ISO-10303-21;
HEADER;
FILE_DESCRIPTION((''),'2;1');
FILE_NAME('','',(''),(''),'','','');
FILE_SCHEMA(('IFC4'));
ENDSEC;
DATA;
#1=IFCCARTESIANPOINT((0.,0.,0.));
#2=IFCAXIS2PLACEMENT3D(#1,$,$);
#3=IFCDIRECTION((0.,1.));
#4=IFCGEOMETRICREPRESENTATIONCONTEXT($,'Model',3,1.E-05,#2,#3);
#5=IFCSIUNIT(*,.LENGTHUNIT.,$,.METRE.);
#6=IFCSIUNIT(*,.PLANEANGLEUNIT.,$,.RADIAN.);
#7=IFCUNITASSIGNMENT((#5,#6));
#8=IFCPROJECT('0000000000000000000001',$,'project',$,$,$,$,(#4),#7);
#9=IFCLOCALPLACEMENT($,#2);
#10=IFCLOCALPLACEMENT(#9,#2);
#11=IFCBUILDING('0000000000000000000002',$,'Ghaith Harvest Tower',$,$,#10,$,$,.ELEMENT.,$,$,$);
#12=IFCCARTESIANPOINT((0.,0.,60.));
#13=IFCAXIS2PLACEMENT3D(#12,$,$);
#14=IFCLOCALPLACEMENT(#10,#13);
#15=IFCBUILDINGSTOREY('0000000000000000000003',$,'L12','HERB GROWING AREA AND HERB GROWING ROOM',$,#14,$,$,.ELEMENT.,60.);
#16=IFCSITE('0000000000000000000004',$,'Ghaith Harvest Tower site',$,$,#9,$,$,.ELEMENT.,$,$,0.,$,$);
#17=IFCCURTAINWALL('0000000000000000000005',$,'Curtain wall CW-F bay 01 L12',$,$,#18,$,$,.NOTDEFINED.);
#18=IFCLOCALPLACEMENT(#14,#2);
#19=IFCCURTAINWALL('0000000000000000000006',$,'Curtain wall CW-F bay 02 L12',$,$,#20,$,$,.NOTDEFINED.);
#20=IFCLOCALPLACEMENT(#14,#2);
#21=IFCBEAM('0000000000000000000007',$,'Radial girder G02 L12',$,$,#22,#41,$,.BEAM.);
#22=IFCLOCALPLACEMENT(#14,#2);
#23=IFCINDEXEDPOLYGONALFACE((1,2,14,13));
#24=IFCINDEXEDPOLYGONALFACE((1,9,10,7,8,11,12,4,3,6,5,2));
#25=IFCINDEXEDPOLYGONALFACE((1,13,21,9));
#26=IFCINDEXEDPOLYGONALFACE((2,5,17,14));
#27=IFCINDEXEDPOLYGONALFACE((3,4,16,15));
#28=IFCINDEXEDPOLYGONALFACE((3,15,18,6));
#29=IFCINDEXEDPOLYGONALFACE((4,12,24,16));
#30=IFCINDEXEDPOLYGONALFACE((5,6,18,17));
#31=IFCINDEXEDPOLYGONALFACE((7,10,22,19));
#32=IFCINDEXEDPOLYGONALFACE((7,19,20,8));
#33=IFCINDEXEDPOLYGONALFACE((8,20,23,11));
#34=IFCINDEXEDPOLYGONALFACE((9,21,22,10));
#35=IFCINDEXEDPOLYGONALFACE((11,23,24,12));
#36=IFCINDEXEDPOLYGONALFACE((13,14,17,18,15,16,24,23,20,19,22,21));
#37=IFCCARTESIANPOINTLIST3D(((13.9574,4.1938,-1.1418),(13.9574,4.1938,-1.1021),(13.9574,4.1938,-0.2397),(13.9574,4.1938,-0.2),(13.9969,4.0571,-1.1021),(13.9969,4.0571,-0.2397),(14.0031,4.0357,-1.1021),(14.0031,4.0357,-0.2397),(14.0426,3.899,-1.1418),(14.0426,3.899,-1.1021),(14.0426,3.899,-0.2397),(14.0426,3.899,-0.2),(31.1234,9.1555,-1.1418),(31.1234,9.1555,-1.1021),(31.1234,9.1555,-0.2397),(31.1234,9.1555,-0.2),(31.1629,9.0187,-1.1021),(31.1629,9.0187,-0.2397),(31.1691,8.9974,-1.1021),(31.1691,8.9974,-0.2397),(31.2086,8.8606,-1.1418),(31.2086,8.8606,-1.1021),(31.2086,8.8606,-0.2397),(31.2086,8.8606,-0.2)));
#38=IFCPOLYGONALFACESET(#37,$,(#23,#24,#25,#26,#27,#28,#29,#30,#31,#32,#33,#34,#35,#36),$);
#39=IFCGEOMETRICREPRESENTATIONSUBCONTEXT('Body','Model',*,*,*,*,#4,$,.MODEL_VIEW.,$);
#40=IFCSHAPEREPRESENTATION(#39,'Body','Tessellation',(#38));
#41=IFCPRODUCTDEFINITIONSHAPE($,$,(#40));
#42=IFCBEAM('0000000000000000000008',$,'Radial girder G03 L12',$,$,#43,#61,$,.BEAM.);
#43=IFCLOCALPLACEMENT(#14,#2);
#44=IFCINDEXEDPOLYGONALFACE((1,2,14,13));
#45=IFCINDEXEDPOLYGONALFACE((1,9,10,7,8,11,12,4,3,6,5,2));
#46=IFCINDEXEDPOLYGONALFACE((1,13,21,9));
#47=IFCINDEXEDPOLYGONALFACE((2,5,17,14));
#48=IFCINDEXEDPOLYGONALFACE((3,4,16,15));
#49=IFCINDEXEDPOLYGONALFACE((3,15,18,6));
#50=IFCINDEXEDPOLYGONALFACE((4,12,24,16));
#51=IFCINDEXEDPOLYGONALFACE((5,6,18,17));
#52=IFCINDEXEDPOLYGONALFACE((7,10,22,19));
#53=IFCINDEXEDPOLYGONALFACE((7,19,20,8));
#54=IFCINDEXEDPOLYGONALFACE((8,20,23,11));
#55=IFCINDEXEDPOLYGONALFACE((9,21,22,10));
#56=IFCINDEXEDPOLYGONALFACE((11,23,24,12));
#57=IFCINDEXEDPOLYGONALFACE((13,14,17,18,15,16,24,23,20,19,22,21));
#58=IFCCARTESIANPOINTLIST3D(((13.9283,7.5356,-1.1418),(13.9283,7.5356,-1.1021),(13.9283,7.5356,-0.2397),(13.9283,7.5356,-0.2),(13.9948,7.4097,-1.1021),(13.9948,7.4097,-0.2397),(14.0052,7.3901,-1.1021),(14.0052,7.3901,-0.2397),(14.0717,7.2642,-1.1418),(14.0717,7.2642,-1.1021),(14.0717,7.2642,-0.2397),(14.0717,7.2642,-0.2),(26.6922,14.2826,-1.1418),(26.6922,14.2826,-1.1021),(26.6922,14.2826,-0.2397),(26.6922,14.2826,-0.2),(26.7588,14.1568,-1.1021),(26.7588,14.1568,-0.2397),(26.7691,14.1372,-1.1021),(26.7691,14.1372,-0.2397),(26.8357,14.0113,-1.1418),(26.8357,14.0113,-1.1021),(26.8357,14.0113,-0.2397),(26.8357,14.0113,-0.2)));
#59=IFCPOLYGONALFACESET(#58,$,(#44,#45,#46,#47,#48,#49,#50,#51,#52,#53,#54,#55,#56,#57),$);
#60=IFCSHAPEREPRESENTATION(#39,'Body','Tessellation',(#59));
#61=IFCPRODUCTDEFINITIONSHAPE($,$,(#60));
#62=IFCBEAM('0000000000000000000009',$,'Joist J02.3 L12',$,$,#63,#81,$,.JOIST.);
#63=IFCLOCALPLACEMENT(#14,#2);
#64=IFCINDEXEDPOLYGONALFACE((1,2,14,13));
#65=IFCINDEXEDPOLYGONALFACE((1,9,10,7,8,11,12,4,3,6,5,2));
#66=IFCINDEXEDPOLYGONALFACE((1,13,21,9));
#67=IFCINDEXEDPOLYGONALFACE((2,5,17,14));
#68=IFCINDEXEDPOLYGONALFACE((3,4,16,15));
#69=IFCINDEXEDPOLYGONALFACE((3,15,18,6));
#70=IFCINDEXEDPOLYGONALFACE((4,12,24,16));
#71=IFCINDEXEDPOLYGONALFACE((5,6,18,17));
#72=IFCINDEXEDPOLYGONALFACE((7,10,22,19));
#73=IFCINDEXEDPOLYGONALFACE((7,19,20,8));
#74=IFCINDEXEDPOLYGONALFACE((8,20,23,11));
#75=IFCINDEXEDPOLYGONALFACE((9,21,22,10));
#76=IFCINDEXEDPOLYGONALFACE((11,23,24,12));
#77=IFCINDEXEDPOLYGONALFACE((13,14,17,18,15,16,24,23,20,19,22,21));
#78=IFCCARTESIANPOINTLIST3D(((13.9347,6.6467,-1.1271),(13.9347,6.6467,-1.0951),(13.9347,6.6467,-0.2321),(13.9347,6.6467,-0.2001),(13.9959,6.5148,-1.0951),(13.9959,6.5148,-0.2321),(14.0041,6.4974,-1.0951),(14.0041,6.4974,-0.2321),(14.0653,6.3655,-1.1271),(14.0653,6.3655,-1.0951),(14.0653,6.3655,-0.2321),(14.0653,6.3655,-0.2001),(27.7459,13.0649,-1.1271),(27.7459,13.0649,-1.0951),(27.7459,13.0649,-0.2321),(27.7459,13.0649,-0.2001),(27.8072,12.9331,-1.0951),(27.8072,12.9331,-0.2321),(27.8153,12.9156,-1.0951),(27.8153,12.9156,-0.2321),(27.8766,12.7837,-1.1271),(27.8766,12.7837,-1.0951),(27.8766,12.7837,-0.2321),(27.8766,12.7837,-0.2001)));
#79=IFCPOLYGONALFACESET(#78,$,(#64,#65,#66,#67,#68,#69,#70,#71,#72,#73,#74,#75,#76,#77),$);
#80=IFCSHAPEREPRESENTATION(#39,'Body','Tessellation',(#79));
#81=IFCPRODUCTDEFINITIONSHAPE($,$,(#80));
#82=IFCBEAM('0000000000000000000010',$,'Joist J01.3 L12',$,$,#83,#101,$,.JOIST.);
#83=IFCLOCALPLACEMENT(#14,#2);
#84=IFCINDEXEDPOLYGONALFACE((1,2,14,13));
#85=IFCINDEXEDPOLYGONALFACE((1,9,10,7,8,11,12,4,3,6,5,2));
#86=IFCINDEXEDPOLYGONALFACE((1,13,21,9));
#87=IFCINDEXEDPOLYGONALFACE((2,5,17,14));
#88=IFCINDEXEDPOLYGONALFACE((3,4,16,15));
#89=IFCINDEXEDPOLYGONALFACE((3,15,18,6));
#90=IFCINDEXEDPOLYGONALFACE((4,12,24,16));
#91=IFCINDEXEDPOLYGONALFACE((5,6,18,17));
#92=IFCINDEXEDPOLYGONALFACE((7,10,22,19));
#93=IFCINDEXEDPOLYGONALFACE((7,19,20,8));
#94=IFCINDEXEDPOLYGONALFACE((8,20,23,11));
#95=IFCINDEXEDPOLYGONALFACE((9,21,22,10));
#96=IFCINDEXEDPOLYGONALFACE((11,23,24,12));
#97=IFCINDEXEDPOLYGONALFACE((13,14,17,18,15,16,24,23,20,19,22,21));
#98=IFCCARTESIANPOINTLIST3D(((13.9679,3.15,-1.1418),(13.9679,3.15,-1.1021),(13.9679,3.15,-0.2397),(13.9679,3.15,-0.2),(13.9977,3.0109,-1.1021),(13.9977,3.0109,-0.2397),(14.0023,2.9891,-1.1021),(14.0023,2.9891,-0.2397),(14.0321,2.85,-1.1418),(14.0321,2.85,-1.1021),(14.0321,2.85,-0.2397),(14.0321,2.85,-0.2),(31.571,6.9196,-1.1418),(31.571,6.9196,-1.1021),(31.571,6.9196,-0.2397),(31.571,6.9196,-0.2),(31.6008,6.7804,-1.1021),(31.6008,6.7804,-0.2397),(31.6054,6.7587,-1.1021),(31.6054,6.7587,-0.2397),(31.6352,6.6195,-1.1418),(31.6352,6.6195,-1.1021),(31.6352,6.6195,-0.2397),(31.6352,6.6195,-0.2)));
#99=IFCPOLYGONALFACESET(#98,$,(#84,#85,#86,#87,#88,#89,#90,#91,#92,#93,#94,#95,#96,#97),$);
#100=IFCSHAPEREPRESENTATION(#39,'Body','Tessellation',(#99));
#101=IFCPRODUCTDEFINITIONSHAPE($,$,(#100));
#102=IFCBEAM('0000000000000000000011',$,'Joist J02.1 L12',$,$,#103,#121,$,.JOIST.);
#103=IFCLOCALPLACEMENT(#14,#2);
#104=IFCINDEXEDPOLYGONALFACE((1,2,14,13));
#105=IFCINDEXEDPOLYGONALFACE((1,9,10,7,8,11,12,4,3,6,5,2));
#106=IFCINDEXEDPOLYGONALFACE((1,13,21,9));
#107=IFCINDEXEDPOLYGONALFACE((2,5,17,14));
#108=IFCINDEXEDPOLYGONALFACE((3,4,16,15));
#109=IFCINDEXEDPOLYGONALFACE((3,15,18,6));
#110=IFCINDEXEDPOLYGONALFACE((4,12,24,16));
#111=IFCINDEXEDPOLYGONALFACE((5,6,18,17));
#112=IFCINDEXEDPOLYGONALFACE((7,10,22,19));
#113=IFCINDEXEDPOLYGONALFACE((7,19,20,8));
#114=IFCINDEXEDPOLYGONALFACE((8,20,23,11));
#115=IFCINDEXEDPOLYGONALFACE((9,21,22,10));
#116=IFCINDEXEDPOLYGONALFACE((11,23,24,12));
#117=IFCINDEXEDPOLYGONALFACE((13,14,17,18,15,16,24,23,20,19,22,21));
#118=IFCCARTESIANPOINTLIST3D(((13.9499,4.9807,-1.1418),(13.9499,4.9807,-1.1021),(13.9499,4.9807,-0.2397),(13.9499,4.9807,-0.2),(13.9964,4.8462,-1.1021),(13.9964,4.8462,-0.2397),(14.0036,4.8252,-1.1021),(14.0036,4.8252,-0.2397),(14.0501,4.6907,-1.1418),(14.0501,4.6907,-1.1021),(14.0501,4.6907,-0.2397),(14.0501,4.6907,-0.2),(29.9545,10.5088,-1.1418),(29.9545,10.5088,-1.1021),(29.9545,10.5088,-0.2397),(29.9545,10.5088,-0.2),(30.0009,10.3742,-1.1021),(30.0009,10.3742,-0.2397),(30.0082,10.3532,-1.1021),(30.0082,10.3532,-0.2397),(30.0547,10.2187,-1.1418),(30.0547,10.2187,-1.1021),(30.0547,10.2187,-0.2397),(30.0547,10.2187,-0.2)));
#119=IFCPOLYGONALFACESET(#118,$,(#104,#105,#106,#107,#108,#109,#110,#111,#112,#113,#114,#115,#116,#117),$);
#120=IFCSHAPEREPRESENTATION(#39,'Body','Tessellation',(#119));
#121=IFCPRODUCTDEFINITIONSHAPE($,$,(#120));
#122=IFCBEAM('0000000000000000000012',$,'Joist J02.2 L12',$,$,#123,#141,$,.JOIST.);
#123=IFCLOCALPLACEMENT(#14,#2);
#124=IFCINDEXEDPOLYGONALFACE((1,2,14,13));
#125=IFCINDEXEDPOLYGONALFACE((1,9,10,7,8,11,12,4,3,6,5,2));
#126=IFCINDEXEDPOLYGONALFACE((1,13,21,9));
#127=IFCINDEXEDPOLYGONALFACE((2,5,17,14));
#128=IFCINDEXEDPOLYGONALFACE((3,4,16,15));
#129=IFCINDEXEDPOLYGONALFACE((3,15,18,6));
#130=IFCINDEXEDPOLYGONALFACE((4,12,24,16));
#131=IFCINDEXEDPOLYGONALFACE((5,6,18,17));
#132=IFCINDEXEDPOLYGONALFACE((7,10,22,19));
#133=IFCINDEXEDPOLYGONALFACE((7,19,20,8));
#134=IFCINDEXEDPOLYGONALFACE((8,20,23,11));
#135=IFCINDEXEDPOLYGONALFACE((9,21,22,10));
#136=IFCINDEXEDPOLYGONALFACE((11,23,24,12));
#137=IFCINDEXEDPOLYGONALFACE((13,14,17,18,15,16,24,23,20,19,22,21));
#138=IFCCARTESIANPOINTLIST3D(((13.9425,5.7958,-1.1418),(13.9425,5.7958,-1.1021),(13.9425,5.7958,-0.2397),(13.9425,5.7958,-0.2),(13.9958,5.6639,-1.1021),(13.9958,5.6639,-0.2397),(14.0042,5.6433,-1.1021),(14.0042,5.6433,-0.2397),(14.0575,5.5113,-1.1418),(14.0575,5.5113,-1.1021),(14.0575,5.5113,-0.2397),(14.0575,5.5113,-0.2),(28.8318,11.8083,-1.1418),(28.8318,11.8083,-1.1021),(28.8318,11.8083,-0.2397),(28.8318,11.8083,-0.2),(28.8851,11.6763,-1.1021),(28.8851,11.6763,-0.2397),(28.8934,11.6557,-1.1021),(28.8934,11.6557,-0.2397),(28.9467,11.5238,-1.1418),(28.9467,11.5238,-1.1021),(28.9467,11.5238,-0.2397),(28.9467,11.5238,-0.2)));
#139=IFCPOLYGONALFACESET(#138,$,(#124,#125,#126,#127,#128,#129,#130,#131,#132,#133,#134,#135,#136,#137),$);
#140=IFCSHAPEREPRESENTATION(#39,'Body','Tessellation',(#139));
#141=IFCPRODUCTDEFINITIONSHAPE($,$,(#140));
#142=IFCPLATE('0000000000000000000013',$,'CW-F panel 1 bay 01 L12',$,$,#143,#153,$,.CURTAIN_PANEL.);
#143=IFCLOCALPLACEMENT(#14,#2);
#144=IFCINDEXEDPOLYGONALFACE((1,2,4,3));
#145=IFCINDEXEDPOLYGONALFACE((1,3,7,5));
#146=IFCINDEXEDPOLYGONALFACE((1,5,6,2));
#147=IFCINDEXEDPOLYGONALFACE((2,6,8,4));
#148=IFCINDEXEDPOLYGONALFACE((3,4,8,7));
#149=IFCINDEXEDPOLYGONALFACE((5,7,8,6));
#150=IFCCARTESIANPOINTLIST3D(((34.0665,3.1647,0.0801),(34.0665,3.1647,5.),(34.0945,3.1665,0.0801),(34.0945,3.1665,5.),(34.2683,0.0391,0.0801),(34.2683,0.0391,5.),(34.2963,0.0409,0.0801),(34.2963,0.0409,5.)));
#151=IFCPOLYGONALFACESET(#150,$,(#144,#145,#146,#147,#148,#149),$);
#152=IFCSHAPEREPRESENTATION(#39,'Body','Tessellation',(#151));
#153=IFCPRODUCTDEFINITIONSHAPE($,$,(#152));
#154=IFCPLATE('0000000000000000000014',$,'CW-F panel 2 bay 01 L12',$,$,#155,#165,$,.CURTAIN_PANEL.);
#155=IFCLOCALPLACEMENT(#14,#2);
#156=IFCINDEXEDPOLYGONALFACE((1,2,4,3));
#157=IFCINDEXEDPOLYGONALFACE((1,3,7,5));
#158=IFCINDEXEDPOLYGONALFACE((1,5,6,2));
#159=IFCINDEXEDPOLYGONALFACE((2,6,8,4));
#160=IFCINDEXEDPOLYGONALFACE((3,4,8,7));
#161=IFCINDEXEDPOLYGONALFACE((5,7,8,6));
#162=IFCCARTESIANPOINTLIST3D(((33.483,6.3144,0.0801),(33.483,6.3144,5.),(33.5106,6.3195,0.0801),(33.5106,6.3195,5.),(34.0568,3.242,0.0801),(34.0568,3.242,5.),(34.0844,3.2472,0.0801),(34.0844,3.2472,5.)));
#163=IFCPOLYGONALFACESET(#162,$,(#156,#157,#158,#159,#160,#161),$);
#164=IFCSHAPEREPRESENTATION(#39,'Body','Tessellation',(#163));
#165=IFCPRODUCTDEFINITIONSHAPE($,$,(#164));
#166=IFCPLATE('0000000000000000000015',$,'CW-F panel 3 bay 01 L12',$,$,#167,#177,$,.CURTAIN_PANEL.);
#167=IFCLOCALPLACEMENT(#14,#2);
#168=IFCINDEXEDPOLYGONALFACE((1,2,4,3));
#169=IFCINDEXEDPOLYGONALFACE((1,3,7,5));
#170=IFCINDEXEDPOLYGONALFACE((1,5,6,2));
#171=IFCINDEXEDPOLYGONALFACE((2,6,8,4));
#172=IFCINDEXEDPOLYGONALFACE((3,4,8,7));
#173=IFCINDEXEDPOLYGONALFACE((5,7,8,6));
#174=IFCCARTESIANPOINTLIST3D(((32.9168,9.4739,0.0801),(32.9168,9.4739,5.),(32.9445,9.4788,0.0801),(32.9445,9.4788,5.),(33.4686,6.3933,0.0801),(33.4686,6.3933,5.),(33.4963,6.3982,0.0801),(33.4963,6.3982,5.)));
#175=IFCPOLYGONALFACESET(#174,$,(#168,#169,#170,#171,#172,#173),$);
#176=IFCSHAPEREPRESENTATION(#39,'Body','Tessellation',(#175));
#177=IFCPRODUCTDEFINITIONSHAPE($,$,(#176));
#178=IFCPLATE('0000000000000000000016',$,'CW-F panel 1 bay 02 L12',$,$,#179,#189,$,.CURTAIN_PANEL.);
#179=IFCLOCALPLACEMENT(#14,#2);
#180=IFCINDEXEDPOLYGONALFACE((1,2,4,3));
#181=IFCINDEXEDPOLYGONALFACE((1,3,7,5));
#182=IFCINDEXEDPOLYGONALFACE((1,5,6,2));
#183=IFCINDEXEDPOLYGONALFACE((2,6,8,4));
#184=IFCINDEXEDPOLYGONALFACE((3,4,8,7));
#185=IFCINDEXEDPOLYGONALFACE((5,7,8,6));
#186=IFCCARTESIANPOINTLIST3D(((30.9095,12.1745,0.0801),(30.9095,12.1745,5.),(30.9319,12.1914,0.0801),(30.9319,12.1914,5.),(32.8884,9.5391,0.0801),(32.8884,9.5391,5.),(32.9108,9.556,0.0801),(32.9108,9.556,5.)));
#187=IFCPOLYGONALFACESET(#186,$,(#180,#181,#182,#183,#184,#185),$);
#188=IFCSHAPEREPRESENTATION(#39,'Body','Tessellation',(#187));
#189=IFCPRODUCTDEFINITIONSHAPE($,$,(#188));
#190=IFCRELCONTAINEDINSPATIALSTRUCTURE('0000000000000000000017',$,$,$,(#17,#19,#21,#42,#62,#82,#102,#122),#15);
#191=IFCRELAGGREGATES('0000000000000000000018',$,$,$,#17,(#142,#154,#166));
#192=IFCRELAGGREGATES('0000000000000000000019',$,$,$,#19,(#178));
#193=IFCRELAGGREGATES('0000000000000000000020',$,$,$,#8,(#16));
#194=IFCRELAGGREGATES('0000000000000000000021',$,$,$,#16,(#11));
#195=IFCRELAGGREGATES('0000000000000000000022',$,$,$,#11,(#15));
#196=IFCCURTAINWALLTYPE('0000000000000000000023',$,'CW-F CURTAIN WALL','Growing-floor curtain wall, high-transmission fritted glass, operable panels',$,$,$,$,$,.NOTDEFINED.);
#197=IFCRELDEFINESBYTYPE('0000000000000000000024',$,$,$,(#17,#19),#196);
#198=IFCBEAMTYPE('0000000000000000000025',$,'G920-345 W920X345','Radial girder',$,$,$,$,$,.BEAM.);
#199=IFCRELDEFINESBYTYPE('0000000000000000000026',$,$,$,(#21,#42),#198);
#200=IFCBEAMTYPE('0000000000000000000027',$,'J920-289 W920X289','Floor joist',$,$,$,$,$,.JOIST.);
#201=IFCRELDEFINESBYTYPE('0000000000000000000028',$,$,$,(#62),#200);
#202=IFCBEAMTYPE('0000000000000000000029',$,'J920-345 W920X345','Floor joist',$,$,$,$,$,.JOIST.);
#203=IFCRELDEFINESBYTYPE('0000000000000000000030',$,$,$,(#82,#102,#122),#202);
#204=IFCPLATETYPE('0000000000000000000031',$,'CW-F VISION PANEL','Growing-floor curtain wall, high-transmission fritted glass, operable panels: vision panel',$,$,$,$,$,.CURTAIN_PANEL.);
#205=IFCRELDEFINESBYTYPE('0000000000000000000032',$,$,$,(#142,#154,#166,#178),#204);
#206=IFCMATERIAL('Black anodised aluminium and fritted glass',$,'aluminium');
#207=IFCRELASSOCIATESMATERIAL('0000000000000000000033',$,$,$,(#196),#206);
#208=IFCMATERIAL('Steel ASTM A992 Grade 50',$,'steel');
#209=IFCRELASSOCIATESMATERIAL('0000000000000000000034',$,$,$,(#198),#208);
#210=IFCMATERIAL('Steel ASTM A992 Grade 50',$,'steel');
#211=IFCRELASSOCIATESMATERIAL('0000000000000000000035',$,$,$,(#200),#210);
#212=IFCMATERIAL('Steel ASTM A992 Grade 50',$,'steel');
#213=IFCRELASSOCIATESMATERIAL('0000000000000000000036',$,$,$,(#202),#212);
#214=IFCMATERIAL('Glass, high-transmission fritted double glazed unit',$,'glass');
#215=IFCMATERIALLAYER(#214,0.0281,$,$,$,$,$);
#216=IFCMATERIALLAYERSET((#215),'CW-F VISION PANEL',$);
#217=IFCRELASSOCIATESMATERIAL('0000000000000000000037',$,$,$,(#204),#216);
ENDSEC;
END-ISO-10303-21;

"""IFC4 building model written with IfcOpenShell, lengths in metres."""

from ifc_helpers import new_model, si_unit, direction, frame, origin, origin_2d, place, context, subcontext, project, spatial, rectangle, i_section, extrude, material, layer, layer_set, material_profile, profile_set, type_object, element, aggregate, save


model = new_model("IFC4")

# Units and contexts
model_context = context("Model", 3, precision=1e-05, world=origin(), true_north=direction((0.0, 1.0)))
body_context = subcontext(model_context, "Body", "Model", "MODEL_VIEW")
ifc_project = project(units=[si_unit("LENGTHUNIT", "METRE"), si_unit("PLANEANGLEUNIT", "RADIAN")], contexts=[model_context])

# Site, building, storey
site_placement = place(None, origin())
site = spatial("IfcSite", under=ifc_project, at=site_placement, Name="Ghaith Harvest Tower site", CompositionType="ELEMENT", RefElevation=0.0)
building_placement = place(site_placement, origin())
building = spatial("IfcBuilding", under=site, at=building_placement, Name="Ghaith Harvest Tower", CompositionType="ELEMENT")
storey_placement = place(building_placement, frame((0.0, 0.0, 60.0)))
storey = spatial("IfcBuildingStorey", under=building, at=storey_placement, Name="L12", Description="HERB GROWING AREA AND HERB GROWING ROOM", CompositionType="ELEMENT", Elevation=60.0)

# Curtain wall
ifc_material_1 = material(Name="Black anodised aluminium and fritted glass", Category="aluminium")
curtain_wall_type = type_object("IfcCurtainWallType", Name="CW-F CURTAIN WALL", Description="Growing-floor curtain wall, high-transmission fritted glass, operable panels", PredefinedType="NOTDEFINED", material=ifc_material_1)
curtain_wall_1_placement = place(storey_placement, origin())
curtain_wall_1 = element("IfcCurtainWall", 1, at=curtain_wall_1_placement, inside=storey, type_object=curtain_wall_type, Name="Curtain wall CW-F bay 01 L12", PredefinedType="NOTDEFINED")

# Curtain wall
curtain_wall_2_placement = place(storey_placement, origin())
curtain_wall_2 = element("IfcCurtainWall", 2, at=curtain_wall_2_placement, inside=storey, type_object=curtain_wall_type, Name="Curtain wall CW-F bay 02 L12", PredefinedType="NOTDEFINED")

# Beams
ifc_material_2 = material(Name="Steel ASTM A992 Grade 50", Category="steel")
ifc_material_profile_1 = material_profile(ifc_material_2, i_section(OverallWidth=0.3069, OverallDepth=0.9419, WebThickness=0.0222, FlangeThickness=0.0398, at=origin_2d()), Name="W920X345")
ifc_profile_set_1 = profile_set([ifc_material_profile_1], Name="Steel ASTM A992 Grade 50")
beam_type_1 = type_object("IfcBeamType", Name="G920-345 W920X345", Description="Radial girder", PredefinedType="BEAM", material=ifc_profile_set_1)
beam_1_placement = place(storey_placement, frame((14.0, 4.0464, -0.6709), z_axis=(0.960675, 0.277674, 0.0), x_axis=(-0.277674, 0.960675, 0.0)))
element("IfcBeam", 3, at=beam_1_placement, inside=storey, type_object=beam_type_1, Name="Radial girder G02 L12", PredefinedType="BEAM", context=body_context, shape_type="SweptSolid", body=[
    extrude(i_section(OverallWidth=0.3069, OverallDepth=0.9419, WebThickness=0.0222, FlangeThickness=0.0398, at=origin_2d()), origin(), (0.0, 0.0, 1.0), 17.8687),
])
beam_2_placement = place(storey_placement, frame((14.0, 7.3999, -0.6709), z_axis=(0.884083, 0.467331, 0.0), x_axis=(-0.467331, 0.884083, 0.0)))
element("IfcBeam", 4, at=beam_2_placement, inside=storey, type_object=beam_type_1, Name="Radial girder G03 L12", PredefinedType="BEAM", context=body_context, shape_type="SweptSolid", body=[
    extrude(i_section(OverallWidth=0.3069, OverallDepth=0.9419, WebThickness=0.0222, FlangeThickness=0.0398, at=origin_2d()), origin(), (0.0, 0.0, 1.0), 14.4375),
])
ifc_material_3 = material(Name="Steel ASTM A992 Grade 50", Category="steel")
ifc_material_profile_2 = material_profile(ifc_material_3, i_section(OverallWidth=0.3101, OverallDepth=0.927, WebThickness=0.0193, FlangeThickness=0.032, at=origin_2d()), Name="W920X289")
ifc_profile_set_2 = profile_set([ifc_material_profile_2], Name="Steel ASTM A992 Grade 50")
beam_type_2 = type_object("IfcBeamType", Name="J920-289 W920X289", Description="Floor joist", PredefinedType="JOIST", material=ifc_profile_set_2)
beam_3_placement = place(storey_placement, frame((14.0, 6.5061, -0.6636), z_axis=(0.906863, 0.421426, 0.0), x_axis=(-0.421426, 0.906863, 0.0)))
element("IfcBeam", 5, at=beam_3_placement, inside=storey, type_object=beam_type_2, Name="Joist J02.3 L12", PredefinedType="JOIST", context=body_context, shape_type="SweptSolid", body=[
    extrude(i_section(OverallWidth=0.3101, OverallDepth=0.927, WebThickness=0.0193, FlangeThickness=0.032, at=origin_2d()), origin(), (0.0, 0.0, 1.0), 15.2297),
])
ifc_material_4 = material(Name="Steel ASTM A992 Grade 50", Category="steel")
ifc_material_profile_3 = material_profile(ifc_material_4, i_section(OverallWidth=0.3069, OverallDepth=0.9419, WebThickness=0.0222, FlangeThickness=0.0398, at=origin_2d()), Name="W920X345")
ifc_profile_set_3 = profile_set([ifc_material_profile_3], Name="Steel ASTM A992 Grade 50")
beam_type_3 = type_object("IfcBeamType", Name="J920-345 W920X345", Description="Floor joist", PredefinedType="JOIST", material=ifc_profile_set_3)
beam_4_placement = place(storey_placement, frame((14.0, 3.0, -0.6709), z_axis=(0.977831, 0.209394, 0.0), x_axis=(-0.209394, 0.977831, 0.0)))
element("IfcBeam", 6, at=beam_4_placement, inside=storey, type_object=beam_type_3, Name="Joist J01.3 L12", PredefinedType="JOIST", context=body_context, shape_type="SweptSolid", body=[
    extrude(i_section(OverallWidth=0.3069, OverallDepth=0.9419, WebThickness=0.0222, FlangeThickness=0.0398, at=origin_2d()), origin(), (0.0, 0.0, 1.0), 18.0022),
])
beam_5_placement = place(storey_placement, frame((14.0, 4.8357, -0.6709), z_axis=(0.945205, 0.326478, 0.0), x_axis=(-0.326478, 0.945205, 0.0)))
element("IfcBeam", 7, at=beam_5_placement, inside=storey, type_object=beam_type_3, Name="Joist J02.1 L12", PredefinedType="JOIST", context=body_context, shape_type="SweptSolid", body=[
    extrude(i_section(OverallWidth=0.3069, OverallDepth=0.9419, WebThickness=0.0222, FlangeThickness=0.0398, at=origin_2d()), origin(), (0.0, 0.0, 1.0), 16.9324),
])
beam_6_placement = place(storey_placement, frame((14.0, 5.6536, -0.6709), z_axis=(0.927252, 0.374437, 0.0), x_axis=(-0.374437, 0.927252, 0.0)))
element("IfcBeam", 8, at=beam_6_placement, inside=storey, type_object=beam_type_3, Name="Joist J02.2 L12", PredefinedType="JOIST", context=body_context, shape_type="SweptSolid", body=[
    extrude(i_section(OverallWidth=0.3069, OverallDepth=0.9419, WebThickness=0.0222, FlangeThickness=0.0398, at=origin_2d()), origin(), (0.0, 0.0, 1.0), 16.0574),
])

# Plates
ifc_material_5 = material(Name="Glass, high-transmission fritted double glazed unit", Category="glass")
ifc_layer_1 = layer(ifc_material_5, 0.0281)
ifc_layer_set_1 = layer_set([ifc_layer_1], Name="CW-F VISION PANEL")
plate_type = type_object("IfcPlateType", Name="CW-F VISION PANEL", Description="Growing-floor curtain wall, high-transmission fritted glass, operable panels: vision panel", PredefinedType="CURTAIN_PANEL", material=ifc_layer_set_1)
plate_1_placement = place(storey_placement, frame((34.1814, 1.6028, 0.0801), z_axis=(0.0, 0.0, 1.0), x_axis=(-0.064446, 0.997921, 0.0)))
plate_1 = element("IfcPlate", 9, at=plate_1_placement, type_object=plate_type, Name="CW-F panel 1 bay 01 L12", PredefinedType="CURTAIN_PANEL", context=body_context, shape_type="SweptSolid", body=[
    extrude(rectangle(XDim=3.1321, YDim=0.0281, at=origin_2d()), origin(), (0.0, 0.0, 1.0), 4.9199),
])
plate_2_placement = place(storey_placement, frame((33.7837, 4.7808, 0.0801), z_axis=(0.0, 0.0, 1.0), x_axis=(-0.183569, 0.983007, 0.0)))
plate_2 = element("IfcPlate", 10, at=plate_2_placement, type_object=plate_type, Name="CW-F panel 2 bay 01 L12", PredefinedType="CURTAIN_PANEL", context=body_context, shape_type="SweptSolid", body=[
    extrude(rectangle(XDim=3.1255, YDim=0.0281, at=origin_2d()), origin(), (0.0, 0.0, 1.0), 4.9199),
])
plate_3_placement = place(storey_placement, frame((33.2065, 7.936, 0.0801), z_axis=(0.0, 0.0, 1.0), x_axis=(-0.17632, 0.984333, 0.0)))
plate_3 = element("IfcPlate", 11, at=plate_3_placement, type_object=plate_type, Name="CW-F panel 3 bay 01 L12", PredefinedType="CURTAIN_PANEL", context=body_context, shape_type="SweptSolid", body=[
    extrude(rectangle(XDim=3.1296, YDim=0.0281, at=origin_2d()), origin(), (0.0, 0.0, 1.0), 4.9199),
])
aggregate(curtain_wall_1, [plate_1, plate_2, plate_3])
plate_4_placement = place(storey_placement, frame((31.9102, 10.8652, 0.0801), z_axis=(0.0, 0.0, 1.0), x_axis=(-0.600454, 0.799659, 0.0)))
plate_4 = element("IfcPlate", 12, at=plate_4_placement, type_object=plate_type, Name="CW-F panel 1 bay 02 L12", PredefinedType="CURTAIN_PANEL", context=body_context, shape_type="SweptSolid", body=[
    extrude(rectangle(XDim=3.2957, YDim=0.0281, at=origin_2d()), origin(), (0.0, 0.0, 1.0), 4.9199),
])
aggregate(curtain_wall_2, [plate_4])

save(model, "model.ifc")
